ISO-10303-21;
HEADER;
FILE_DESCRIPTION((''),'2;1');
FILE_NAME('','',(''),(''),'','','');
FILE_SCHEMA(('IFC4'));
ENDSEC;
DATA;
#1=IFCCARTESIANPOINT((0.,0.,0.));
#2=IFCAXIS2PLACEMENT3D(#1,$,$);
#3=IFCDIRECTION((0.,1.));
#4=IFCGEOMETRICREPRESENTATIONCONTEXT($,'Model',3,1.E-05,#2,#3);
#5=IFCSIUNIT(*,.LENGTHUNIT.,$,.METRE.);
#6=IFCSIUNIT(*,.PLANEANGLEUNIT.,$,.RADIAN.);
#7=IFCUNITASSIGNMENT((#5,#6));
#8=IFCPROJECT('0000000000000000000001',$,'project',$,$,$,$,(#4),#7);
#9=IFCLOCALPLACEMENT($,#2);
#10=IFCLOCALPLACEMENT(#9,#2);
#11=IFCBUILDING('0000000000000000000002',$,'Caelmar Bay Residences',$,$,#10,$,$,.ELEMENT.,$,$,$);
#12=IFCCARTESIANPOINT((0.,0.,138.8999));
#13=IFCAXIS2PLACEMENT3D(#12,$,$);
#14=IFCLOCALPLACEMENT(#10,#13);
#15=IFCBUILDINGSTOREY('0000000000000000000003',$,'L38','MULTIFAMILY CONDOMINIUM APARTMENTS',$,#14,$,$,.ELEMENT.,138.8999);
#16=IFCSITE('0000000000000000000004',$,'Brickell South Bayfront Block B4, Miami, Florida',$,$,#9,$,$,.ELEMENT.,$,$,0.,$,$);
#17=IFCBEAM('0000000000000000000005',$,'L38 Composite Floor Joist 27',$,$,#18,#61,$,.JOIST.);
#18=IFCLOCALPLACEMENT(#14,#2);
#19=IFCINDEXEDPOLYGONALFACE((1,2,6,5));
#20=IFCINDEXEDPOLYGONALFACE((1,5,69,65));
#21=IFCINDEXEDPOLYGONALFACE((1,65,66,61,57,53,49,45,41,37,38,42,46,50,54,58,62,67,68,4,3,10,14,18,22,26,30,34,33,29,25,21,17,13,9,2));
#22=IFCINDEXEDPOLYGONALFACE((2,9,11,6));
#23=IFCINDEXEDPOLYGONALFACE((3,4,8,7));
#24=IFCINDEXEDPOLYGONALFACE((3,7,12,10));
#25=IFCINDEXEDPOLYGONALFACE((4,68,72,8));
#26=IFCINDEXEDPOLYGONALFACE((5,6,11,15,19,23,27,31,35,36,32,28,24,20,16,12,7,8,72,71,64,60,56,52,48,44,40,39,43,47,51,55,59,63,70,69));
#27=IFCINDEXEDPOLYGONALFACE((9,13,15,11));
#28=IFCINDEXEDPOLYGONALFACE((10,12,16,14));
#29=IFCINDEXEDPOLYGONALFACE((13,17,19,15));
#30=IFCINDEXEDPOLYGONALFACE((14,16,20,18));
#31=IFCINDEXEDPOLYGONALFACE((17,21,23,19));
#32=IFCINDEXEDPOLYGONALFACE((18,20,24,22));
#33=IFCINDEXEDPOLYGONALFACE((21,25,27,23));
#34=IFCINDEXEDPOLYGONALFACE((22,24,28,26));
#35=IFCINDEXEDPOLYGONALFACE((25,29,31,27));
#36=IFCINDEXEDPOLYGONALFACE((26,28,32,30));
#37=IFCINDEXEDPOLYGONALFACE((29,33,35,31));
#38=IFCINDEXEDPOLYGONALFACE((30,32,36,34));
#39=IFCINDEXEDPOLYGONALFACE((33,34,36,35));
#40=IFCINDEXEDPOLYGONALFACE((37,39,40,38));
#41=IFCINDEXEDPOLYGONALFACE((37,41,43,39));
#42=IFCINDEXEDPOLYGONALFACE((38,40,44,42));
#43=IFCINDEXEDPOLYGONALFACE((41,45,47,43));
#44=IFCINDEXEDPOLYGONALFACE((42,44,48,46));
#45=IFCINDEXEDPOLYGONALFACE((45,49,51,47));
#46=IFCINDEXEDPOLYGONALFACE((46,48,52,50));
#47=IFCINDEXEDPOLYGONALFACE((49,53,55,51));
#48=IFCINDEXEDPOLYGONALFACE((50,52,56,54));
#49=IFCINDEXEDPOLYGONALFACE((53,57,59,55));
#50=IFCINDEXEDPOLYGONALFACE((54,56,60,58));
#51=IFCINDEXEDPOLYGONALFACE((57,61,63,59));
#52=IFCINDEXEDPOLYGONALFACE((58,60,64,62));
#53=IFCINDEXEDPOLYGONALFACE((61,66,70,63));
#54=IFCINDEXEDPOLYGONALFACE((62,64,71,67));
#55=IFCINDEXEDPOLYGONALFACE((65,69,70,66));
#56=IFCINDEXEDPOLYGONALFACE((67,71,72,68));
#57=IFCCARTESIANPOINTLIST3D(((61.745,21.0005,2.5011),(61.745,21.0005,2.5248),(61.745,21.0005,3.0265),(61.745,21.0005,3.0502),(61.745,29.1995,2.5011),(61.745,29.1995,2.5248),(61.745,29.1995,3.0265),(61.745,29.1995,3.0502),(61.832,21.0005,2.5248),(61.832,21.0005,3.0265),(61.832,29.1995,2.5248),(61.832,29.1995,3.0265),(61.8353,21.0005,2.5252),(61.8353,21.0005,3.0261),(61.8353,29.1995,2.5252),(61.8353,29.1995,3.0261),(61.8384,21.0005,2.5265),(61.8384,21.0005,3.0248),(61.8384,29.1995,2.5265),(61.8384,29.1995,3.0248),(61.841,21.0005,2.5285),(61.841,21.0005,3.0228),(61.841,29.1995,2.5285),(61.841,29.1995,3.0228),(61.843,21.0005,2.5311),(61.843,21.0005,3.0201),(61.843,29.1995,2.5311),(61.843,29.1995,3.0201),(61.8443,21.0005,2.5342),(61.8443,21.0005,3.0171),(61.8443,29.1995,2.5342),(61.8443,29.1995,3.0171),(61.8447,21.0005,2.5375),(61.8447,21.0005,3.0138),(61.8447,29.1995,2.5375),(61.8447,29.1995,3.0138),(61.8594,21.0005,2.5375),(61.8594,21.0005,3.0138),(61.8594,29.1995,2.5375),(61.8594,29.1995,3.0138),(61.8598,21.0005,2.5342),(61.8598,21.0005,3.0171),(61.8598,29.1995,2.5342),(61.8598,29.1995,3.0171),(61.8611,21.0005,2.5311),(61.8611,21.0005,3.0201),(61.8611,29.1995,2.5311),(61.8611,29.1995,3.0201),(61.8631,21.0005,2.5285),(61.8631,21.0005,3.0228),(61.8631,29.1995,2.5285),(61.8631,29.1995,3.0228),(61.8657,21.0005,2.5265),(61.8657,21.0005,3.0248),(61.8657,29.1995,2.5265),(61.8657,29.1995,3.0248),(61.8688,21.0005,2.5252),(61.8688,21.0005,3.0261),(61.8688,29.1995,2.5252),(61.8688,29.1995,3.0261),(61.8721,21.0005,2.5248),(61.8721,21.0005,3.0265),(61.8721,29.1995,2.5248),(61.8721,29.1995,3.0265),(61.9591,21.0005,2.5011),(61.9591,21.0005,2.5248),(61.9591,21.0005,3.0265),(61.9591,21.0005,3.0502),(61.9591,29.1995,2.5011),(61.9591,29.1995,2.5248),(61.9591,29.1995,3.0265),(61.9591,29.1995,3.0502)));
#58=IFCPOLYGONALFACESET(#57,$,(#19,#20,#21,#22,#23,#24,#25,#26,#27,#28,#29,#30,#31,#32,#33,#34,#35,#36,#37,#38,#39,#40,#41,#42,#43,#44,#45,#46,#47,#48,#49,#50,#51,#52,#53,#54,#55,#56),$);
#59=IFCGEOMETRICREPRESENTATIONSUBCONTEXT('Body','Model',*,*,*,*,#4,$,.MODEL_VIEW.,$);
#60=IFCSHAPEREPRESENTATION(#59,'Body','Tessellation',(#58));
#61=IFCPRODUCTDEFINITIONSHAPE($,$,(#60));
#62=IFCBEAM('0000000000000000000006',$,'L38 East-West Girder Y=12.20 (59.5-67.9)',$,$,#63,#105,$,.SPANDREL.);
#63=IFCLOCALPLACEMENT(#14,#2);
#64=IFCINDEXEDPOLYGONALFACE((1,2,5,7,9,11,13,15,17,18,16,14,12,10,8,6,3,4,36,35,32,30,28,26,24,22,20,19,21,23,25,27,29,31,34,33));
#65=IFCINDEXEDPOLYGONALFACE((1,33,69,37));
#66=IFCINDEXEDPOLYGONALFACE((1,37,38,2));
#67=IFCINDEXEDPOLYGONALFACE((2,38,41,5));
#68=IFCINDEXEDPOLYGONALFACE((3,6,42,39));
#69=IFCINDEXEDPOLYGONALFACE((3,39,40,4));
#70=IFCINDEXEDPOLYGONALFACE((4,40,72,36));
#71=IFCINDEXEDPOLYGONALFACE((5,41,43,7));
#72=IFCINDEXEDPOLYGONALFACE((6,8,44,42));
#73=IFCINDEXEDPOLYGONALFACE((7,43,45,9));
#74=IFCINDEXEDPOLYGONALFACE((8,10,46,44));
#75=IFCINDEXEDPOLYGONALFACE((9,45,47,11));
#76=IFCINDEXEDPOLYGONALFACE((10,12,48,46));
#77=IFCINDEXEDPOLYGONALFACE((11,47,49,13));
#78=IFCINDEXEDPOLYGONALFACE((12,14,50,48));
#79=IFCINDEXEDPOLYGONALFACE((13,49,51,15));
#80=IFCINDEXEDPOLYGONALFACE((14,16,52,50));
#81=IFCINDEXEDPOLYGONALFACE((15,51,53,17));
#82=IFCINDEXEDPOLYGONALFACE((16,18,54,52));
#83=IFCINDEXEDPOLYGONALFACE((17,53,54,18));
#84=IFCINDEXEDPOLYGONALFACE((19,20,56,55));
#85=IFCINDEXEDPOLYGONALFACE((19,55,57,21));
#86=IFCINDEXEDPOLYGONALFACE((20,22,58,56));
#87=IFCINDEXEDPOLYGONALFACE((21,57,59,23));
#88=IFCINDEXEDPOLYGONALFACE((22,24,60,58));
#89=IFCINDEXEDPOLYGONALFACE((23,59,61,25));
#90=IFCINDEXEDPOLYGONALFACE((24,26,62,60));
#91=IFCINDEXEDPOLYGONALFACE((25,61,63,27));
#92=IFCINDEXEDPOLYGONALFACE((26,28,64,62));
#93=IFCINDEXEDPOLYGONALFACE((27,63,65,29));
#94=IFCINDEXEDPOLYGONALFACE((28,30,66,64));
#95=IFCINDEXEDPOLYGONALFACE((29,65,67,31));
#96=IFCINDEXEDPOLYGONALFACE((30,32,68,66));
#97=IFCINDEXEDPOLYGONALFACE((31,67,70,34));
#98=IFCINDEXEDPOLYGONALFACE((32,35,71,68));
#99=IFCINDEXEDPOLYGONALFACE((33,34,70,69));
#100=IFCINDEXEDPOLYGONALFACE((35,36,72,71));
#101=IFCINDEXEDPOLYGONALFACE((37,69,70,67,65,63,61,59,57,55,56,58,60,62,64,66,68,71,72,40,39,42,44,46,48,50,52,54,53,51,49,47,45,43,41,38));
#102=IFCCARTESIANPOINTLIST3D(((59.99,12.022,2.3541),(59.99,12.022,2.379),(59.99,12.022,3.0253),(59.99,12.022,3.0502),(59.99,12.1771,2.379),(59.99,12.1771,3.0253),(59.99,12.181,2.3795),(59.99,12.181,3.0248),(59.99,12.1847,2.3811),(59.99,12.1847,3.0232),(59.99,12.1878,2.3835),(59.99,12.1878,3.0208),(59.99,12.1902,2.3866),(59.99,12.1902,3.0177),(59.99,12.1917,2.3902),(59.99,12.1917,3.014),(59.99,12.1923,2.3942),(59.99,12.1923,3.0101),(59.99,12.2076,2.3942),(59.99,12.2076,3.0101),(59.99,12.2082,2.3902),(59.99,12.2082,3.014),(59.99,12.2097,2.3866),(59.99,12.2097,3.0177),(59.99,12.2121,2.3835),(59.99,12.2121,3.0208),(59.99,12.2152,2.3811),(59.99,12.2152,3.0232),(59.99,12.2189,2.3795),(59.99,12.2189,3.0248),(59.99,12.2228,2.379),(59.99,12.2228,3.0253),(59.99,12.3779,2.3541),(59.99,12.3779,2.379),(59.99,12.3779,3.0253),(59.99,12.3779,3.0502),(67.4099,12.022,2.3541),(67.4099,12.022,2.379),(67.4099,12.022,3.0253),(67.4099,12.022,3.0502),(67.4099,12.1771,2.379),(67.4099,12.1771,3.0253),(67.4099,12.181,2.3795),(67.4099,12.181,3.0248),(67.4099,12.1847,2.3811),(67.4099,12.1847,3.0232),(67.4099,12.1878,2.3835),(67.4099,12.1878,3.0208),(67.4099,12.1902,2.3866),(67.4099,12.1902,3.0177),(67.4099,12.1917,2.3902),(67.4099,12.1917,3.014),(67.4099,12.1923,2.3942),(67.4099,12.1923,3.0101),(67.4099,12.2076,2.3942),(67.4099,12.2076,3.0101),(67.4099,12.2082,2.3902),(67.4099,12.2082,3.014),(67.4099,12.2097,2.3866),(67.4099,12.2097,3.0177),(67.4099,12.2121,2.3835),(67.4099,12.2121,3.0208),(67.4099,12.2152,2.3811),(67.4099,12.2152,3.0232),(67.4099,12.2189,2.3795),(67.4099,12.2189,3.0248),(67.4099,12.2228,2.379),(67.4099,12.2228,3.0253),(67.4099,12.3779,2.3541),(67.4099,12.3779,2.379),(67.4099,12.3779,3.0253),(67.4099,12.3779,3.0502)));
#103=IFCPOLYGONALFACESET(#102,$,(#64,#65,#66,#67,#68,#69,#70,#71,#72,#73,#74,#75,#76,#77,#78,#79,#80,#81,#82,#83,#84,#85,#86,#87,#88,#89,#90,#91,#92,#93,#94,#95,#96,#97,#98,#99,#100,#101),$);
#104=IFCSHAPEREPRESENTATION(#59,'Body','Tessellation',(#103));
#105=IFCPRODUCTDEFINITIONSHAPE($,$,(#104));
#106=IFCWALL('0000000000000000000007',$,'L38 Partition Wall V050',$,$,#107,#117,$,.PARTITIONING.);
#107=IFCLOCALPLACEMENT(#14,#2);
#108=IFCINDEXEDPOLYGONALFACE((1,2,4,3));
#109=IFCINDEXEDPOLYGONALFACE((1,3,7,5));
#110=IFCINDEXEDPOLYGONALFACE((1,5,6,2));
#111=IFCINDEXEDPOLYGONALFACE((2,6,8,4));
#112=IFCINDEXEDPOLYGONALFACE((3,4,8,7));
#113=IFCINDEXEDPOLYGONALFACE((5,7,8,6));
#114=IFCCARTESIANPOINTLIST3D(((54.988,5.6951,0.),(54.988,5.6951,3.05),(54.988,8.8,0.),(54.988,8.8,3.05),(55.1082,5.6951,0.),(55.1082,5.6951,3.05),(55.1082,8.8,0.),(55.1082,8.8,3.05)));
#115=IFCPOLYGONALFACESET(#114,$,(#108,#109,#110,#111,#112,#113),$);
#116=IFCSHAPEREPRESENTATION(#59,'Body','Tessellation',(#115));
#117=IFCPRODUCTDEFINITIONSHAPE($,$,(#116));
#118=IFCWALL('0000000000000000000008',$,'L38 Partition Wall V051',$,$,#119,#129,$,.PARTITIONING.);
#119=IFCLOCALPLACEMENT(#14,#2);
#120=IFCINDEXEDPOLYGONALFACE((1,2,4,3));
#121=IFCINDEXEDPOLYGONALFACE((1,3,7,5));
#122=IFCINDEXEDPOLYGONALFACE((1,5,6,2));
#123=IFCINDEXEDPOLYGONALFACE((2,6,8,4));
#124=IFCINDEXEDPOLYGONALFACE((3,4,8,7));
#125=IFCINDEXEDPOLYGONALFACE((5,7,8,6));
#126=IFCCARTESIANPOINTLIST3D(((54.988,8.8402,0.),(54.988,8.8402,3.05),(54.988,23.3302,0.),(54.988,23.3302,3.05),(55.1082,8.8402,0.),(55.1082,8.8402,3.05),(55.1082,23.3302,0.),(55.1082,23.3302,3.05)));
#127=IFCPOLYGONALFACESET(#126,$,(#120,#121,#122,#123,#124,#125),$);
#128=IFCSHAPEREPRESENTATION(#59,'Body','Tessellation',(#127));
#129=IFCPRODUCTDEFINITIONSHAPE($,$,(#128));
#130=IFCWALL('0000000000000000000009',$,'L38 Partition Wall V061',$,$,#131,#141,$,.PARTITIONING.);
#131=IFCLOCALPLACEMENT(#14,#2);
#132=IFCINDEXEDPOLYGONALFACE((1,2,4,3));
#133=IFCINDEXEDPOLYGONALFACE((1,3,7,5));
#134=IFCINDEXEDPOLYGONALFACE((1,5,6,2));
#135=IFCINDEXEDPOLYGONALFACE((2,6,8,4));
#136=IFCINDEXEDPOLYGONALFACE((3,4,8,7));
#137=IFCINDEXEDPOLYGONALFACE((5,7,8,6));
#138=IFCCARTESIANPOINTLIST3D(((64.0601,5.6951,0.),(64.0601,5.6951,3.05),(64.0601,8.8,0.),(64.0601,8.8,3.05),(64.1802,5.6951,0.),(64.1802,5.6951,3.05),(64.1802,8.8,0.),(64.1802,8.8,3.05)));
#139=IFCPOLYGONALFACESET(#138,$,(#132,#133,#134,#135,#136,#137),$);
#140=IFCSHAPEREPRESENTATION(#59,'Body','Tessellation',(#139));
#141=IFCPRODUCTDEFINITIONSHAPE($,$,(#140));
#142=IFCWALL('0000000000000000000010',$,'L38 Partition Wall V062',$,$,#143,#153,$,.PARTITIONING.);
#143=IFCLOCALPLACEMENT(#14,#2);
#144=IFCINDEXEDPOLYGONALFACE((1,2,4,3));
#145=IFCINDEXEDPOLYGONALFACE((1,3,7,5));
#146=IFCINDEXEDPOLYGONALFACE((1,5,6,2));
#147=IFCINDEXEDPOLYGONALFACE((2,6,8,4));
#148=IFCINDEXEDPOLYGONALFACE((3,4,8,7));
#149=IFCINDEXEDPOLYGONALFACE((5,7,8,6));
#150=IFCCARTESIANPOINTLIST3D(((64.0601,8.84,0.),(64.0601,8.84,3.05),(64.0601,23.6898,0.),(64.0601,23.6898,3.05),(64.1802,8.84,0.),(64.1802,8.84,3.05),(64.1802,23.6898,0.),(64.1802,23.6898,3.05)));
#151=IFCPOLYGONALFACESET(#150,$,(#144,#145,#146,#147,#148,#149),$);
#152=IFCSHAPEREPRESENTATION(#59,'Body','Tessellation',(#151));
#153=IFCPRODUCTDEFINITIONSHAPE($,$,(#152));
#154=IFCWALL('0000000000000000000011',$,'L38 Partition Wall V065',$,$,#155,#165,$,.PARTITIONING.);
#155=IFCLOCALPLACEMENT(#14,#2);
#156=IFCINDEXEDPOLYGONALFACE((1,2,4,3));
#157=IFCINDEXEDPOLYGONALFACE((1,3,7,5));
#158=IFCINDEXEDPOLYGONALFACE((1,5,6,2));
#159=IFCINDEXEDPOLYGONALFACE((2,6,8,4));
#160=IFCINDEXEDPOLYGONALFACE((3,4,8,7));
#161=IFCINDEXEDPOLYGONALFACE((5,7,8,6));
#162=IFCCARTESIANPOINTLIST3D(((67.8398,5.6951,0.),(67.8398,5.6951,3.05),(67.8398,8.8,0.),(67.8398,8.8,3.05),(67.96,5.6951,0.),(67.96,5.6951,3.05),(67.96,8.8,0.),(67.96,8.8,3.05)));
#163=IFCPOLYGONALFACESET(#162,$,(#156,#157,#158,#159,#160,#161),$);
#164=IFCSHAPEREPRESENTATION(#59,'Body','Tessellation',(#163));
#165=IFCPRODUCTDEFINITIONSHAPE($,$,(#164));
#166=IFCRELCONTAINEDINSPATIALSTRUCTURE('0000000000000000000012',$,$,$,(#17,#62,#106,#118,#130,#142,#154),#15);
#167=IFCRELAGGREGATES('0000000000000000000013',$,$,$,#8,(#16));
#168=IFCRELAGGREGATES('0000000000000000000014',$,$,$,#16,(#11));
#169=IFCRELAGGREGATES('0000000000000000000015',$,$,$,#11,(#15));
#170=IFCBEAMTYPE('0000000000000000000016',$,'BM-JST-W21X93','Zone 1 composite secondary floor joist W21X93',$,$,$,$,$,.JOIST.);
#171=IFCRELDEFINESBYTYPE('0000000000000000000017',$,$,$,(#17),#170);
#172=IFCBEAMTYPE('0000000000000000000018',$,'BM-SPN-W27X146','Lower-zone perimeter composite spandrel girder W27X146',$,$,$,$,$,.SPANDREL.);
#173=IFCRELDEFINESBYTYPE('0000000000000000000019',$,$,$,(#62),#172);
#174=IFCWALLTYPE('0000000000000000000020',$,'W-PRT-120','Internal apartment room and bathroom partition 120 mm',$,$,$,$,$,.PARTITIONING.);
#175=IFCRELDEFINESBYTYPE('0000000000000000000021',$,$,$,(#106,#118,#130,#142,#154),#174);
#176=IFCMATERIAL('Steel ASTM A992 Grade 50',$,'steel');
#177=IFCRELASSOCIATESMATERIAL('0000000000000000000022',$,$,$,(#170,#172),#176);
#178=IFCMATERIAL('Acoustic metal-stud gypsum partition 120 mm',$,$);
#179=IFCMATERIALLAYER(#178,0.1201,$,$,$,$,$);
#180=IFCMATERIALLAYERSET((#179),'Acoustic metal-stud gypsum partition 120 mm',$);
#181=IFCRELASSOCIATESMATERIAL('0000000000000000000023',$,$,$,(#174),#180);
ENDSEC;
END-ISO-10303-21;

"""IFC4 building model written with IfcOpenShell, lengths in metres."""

from ifc_helpers import new_model, si_unit, direction, frame, frame_2d, origin, origin_2d, place, context, subcontext, project, spatial, rectangle, i_section, extrude, material, layer, layer_set, material_profile, profile_set, type_object, element, save


model = new_model("IFC4")

# Units and contexts
model_context = context("Model", 3, precision=1e-05, world=origin(), true_north=direction((0.0, 1.0)))
body_context = subcontext(model_context, "Body", "Model", "MODEL_VIEW")
ifc_project = project(units=[si_unit("LENGTHUNIT", "METRE"), si_unit("PLANEANGLEUNIT", "RADIAN")], contexts=[model_context])

# Site, building, storey
site_placement = place(None, origin())
site = spatial("IfcSite", under=ifc_project, at=site_placement, Name="Brickell South Bayfront Block B4, Miami, Florida", CompositionType="ELEMENT", RefElevation=0.0)
building_placement = place(site_placement, origin())
building = spatial("IfcBuilding", under=site, at=building_placement, Name="Caelmar Bay Residences", CompositionType="ELEMENT")
storey_placement = place(building_placement, frame((0.0, 0.0, 138.8999)))
storey = spatial("IfcBuildingStorey", under=building, at=storey_placement, Name="L38", Description="MULTIFAMILY CONDOMINIUM APARTMENTS", CompositionType="ELEMENT", Elevation=138.8999)

# Beams
ifc_material_1 = material(Name="Steel ASTM A992 Grade 50", Category="steel")
ifc_material_profile_1 = material_profile(ifc_material_1, i_section(OverallWidth=0.2141, OverallDepth=0.5491, WebThickness=0.0146, FlangeThickness=0.0237, FilletRadius=0.0127, at=origin_2d()), Name="W21X93")
ifc_profile_set_1 = profile_set([ifc_material_profile_1], Name="Steel ASTM A992 Grade 50")
beam_type_1 = type_object("IfcBeamType", Name="BM-JST-W21X93", Description="Zone 1 composite secondary floor joist W21X93", PredefinedType="JOIST", material=ifc_profile_set_1)
for number, where, z_axis, x_axis, name in (
    (1, (61.8521, 21.0005, 2.7756), (0.0, 1.0, 0.0), (-1.0, 0.0, 0.0), "L38 Composite Floor Joist 27"),
):
    element("IfcBeam", number, at=place(storey_placement, frame(where, z_axis=z_axis, x_axis=x_axis)), inside=storey, type_object=beam_type_1, Name=name, PredefinedType="JOIST", context=body_context, shape_type="SweptSolid", body=[
        extrude(i_section(OverallWidth=0.2141, OverallDepth=0.5491, WebThickness=0.0146, FlangeThickness=0.0237, FilletRadius=0.0127, at=origin_2d()), origin(), (0.0, 0.0, 1.0), 8.199),
    ])
ifc_material_profile_2 = material_profile(ifc_material_1, i_section(OverallWidth=0.356, OverallDepth=0.696, WebThickness=0.0154, FlangeThickness=0.0249, FilletRadius=0.0151, at=origin_2d()), Name="W27X146")
ifc_profile_set_2 = profile_set([ifc_material_profile_2], Name="Steel ASTM A992 Grade 50")
beam_type_2 = type_object("IfcBeamType", Name="BM-SPN-W27X146", Description="Lower-zone perimeter composite spandrel girder W27X146", PredefinedType="SPANDREL", material=ifc_profile_set_2)
beam_placement = place(storey_placement, frame((59.99, 12.2, 2.7021), z_axis=(1.0, 0.0, 0.0), x_axis=(0.0, 1.0, 0.0)))
element("IfcBeam", 2, at=beam_placement, inside=storey, type_object=beam_type_2, Name="L38 East-West Girder Y=12.20 (59.5-67.9)", PredefinedType="SPANDREL", context=body_context, shape_type="SweptSolid", body=[
    extrude(i_section(OverallWidth=0.356, OverallDepth=0.696, WebThickness=0.0154, FlangeThickness=0.0249, FilletRadius=0.0151, at=origin_2d()), origin(), (0.0, 0.0, 1.0), 7.4199),
])

# Walls
ifc_material_2 = material(Name="Acoustic metal-stud gypsum partition 120 mm")
ifc_layer_1 = layer(ifc_material_2, 0.1201)
ifc_layer_set_1 = layer_set([ifc_layer_1], Name="Acoustic metal-stud gypsum partition 120 mm")
wall_type_1 = type_object("IfcWallType", Name="W-PRT-120", Description="Internal apartment room and bathroom partition 120 mm", PredefinedType="PARTITIONING", material=ifc_layer_set_1)
wall_1_placement = place(storey_placement, frame((55.0481, 5.6951, 0.0), z_axis=(0.0, 0.0, 1.0), x_axis=(0.0, 1.0, 0.0)))
element("IfcWall", 3, at=wall_1_placement, inside=storey, type_object=wall_type_1, Name="L38 Partition Wall V050", PredefinedType="PARTITIONING", context=body_context, shape_type="SweptSolid", body=[
    extrude(rectangle(XDim=3.105, YDim=0.1201, at=frame_2d((1.5525, 0.0))), origin(), (0.0, 0.0, 1.0), 3.05),
])
wall_2_placement = place(storey_placement, frame((55.0481, 8.8401, 0.0), z_axis=(0.0, 0.0, 1.0), x_axis=(0.0, 1.0, 0.0)))
element("IfcWall", 4, at=wall_2_placement, inside=storey, type_object=wall_type_1, Name="L38 Partition Wall V051", PredefinedType="PARTITIONING", context=body_context, shape_type="SweptSolid", body=[
    extrude(rectangle(XDim=14.49, YDim=0.1201, at=frame_2d((7.2451, 0.0))), origin(), (0.0, 0.0, 1.0), 3.05),
])
wall_3_placement = place(storey_placement, frame((64.1201, 5.6951, 0.0), z_axis=(0.0, 0.0, 1.0), x_axis=(0.0, 1.0, 0.0)))
element("IfcWall", 5, at=wall_3_placement, inside=storey, type_object=wall_type_1, Name="L38 Partition Wall V061", PredefinedType="PARTITIONING", context=body_context, shape_type="SweptSolid", body=[
    extrude(rectangle(XDim=3.105, YDim=0.1201, at=frame_2d((1.5525, 0.0))), origin(), (0.0, 0.0, 1.0), 3.05),
])
wall_4_placement = place(storey_placement, frame((64.1201, 8.8401, 0.0), z_axis=(0.0, 0.0, 1.0), x_axis=(0.0, 1.0, 0.0)))
element("IfcWall", 6, at=wall_4_placement, inside=storey, type_object=wall_type_1, Name="L38 Partition Wall V062", PredefinedType="PARTITIONING", context=body_context, shape_type="SweptSolid", body=[
    extrude(rectangle(XDim=14.8499, YDim=0.1201, at=frame_2d((7.4248, 0.0))), origin(), (0.0, 0.0, 1.0), 3.05),
])
wall_5_placement = place(storey_placement, frame((67.8999, 5.6951, 0.0), z_axis=(0.0, 0.0, 1.0), x_axis=(0.0, 1.0, 0.0)))
element("IfcWall", 7, at=wall_5_placement, inside=storey, type_object=wall_type_1, Name="L38 Partition Wall V065", PredefinedType="PARTITIONING", context=body_context, shape_type="SweptSolid", body=[
    extrude(rectangle(XDim=3.105, YDim=0.1201, at=frame_2d((1.5525, 0.0))), origin(), (0.0, 0.0, 1.0), 3.05),
])

save(model, "model.ifc")
